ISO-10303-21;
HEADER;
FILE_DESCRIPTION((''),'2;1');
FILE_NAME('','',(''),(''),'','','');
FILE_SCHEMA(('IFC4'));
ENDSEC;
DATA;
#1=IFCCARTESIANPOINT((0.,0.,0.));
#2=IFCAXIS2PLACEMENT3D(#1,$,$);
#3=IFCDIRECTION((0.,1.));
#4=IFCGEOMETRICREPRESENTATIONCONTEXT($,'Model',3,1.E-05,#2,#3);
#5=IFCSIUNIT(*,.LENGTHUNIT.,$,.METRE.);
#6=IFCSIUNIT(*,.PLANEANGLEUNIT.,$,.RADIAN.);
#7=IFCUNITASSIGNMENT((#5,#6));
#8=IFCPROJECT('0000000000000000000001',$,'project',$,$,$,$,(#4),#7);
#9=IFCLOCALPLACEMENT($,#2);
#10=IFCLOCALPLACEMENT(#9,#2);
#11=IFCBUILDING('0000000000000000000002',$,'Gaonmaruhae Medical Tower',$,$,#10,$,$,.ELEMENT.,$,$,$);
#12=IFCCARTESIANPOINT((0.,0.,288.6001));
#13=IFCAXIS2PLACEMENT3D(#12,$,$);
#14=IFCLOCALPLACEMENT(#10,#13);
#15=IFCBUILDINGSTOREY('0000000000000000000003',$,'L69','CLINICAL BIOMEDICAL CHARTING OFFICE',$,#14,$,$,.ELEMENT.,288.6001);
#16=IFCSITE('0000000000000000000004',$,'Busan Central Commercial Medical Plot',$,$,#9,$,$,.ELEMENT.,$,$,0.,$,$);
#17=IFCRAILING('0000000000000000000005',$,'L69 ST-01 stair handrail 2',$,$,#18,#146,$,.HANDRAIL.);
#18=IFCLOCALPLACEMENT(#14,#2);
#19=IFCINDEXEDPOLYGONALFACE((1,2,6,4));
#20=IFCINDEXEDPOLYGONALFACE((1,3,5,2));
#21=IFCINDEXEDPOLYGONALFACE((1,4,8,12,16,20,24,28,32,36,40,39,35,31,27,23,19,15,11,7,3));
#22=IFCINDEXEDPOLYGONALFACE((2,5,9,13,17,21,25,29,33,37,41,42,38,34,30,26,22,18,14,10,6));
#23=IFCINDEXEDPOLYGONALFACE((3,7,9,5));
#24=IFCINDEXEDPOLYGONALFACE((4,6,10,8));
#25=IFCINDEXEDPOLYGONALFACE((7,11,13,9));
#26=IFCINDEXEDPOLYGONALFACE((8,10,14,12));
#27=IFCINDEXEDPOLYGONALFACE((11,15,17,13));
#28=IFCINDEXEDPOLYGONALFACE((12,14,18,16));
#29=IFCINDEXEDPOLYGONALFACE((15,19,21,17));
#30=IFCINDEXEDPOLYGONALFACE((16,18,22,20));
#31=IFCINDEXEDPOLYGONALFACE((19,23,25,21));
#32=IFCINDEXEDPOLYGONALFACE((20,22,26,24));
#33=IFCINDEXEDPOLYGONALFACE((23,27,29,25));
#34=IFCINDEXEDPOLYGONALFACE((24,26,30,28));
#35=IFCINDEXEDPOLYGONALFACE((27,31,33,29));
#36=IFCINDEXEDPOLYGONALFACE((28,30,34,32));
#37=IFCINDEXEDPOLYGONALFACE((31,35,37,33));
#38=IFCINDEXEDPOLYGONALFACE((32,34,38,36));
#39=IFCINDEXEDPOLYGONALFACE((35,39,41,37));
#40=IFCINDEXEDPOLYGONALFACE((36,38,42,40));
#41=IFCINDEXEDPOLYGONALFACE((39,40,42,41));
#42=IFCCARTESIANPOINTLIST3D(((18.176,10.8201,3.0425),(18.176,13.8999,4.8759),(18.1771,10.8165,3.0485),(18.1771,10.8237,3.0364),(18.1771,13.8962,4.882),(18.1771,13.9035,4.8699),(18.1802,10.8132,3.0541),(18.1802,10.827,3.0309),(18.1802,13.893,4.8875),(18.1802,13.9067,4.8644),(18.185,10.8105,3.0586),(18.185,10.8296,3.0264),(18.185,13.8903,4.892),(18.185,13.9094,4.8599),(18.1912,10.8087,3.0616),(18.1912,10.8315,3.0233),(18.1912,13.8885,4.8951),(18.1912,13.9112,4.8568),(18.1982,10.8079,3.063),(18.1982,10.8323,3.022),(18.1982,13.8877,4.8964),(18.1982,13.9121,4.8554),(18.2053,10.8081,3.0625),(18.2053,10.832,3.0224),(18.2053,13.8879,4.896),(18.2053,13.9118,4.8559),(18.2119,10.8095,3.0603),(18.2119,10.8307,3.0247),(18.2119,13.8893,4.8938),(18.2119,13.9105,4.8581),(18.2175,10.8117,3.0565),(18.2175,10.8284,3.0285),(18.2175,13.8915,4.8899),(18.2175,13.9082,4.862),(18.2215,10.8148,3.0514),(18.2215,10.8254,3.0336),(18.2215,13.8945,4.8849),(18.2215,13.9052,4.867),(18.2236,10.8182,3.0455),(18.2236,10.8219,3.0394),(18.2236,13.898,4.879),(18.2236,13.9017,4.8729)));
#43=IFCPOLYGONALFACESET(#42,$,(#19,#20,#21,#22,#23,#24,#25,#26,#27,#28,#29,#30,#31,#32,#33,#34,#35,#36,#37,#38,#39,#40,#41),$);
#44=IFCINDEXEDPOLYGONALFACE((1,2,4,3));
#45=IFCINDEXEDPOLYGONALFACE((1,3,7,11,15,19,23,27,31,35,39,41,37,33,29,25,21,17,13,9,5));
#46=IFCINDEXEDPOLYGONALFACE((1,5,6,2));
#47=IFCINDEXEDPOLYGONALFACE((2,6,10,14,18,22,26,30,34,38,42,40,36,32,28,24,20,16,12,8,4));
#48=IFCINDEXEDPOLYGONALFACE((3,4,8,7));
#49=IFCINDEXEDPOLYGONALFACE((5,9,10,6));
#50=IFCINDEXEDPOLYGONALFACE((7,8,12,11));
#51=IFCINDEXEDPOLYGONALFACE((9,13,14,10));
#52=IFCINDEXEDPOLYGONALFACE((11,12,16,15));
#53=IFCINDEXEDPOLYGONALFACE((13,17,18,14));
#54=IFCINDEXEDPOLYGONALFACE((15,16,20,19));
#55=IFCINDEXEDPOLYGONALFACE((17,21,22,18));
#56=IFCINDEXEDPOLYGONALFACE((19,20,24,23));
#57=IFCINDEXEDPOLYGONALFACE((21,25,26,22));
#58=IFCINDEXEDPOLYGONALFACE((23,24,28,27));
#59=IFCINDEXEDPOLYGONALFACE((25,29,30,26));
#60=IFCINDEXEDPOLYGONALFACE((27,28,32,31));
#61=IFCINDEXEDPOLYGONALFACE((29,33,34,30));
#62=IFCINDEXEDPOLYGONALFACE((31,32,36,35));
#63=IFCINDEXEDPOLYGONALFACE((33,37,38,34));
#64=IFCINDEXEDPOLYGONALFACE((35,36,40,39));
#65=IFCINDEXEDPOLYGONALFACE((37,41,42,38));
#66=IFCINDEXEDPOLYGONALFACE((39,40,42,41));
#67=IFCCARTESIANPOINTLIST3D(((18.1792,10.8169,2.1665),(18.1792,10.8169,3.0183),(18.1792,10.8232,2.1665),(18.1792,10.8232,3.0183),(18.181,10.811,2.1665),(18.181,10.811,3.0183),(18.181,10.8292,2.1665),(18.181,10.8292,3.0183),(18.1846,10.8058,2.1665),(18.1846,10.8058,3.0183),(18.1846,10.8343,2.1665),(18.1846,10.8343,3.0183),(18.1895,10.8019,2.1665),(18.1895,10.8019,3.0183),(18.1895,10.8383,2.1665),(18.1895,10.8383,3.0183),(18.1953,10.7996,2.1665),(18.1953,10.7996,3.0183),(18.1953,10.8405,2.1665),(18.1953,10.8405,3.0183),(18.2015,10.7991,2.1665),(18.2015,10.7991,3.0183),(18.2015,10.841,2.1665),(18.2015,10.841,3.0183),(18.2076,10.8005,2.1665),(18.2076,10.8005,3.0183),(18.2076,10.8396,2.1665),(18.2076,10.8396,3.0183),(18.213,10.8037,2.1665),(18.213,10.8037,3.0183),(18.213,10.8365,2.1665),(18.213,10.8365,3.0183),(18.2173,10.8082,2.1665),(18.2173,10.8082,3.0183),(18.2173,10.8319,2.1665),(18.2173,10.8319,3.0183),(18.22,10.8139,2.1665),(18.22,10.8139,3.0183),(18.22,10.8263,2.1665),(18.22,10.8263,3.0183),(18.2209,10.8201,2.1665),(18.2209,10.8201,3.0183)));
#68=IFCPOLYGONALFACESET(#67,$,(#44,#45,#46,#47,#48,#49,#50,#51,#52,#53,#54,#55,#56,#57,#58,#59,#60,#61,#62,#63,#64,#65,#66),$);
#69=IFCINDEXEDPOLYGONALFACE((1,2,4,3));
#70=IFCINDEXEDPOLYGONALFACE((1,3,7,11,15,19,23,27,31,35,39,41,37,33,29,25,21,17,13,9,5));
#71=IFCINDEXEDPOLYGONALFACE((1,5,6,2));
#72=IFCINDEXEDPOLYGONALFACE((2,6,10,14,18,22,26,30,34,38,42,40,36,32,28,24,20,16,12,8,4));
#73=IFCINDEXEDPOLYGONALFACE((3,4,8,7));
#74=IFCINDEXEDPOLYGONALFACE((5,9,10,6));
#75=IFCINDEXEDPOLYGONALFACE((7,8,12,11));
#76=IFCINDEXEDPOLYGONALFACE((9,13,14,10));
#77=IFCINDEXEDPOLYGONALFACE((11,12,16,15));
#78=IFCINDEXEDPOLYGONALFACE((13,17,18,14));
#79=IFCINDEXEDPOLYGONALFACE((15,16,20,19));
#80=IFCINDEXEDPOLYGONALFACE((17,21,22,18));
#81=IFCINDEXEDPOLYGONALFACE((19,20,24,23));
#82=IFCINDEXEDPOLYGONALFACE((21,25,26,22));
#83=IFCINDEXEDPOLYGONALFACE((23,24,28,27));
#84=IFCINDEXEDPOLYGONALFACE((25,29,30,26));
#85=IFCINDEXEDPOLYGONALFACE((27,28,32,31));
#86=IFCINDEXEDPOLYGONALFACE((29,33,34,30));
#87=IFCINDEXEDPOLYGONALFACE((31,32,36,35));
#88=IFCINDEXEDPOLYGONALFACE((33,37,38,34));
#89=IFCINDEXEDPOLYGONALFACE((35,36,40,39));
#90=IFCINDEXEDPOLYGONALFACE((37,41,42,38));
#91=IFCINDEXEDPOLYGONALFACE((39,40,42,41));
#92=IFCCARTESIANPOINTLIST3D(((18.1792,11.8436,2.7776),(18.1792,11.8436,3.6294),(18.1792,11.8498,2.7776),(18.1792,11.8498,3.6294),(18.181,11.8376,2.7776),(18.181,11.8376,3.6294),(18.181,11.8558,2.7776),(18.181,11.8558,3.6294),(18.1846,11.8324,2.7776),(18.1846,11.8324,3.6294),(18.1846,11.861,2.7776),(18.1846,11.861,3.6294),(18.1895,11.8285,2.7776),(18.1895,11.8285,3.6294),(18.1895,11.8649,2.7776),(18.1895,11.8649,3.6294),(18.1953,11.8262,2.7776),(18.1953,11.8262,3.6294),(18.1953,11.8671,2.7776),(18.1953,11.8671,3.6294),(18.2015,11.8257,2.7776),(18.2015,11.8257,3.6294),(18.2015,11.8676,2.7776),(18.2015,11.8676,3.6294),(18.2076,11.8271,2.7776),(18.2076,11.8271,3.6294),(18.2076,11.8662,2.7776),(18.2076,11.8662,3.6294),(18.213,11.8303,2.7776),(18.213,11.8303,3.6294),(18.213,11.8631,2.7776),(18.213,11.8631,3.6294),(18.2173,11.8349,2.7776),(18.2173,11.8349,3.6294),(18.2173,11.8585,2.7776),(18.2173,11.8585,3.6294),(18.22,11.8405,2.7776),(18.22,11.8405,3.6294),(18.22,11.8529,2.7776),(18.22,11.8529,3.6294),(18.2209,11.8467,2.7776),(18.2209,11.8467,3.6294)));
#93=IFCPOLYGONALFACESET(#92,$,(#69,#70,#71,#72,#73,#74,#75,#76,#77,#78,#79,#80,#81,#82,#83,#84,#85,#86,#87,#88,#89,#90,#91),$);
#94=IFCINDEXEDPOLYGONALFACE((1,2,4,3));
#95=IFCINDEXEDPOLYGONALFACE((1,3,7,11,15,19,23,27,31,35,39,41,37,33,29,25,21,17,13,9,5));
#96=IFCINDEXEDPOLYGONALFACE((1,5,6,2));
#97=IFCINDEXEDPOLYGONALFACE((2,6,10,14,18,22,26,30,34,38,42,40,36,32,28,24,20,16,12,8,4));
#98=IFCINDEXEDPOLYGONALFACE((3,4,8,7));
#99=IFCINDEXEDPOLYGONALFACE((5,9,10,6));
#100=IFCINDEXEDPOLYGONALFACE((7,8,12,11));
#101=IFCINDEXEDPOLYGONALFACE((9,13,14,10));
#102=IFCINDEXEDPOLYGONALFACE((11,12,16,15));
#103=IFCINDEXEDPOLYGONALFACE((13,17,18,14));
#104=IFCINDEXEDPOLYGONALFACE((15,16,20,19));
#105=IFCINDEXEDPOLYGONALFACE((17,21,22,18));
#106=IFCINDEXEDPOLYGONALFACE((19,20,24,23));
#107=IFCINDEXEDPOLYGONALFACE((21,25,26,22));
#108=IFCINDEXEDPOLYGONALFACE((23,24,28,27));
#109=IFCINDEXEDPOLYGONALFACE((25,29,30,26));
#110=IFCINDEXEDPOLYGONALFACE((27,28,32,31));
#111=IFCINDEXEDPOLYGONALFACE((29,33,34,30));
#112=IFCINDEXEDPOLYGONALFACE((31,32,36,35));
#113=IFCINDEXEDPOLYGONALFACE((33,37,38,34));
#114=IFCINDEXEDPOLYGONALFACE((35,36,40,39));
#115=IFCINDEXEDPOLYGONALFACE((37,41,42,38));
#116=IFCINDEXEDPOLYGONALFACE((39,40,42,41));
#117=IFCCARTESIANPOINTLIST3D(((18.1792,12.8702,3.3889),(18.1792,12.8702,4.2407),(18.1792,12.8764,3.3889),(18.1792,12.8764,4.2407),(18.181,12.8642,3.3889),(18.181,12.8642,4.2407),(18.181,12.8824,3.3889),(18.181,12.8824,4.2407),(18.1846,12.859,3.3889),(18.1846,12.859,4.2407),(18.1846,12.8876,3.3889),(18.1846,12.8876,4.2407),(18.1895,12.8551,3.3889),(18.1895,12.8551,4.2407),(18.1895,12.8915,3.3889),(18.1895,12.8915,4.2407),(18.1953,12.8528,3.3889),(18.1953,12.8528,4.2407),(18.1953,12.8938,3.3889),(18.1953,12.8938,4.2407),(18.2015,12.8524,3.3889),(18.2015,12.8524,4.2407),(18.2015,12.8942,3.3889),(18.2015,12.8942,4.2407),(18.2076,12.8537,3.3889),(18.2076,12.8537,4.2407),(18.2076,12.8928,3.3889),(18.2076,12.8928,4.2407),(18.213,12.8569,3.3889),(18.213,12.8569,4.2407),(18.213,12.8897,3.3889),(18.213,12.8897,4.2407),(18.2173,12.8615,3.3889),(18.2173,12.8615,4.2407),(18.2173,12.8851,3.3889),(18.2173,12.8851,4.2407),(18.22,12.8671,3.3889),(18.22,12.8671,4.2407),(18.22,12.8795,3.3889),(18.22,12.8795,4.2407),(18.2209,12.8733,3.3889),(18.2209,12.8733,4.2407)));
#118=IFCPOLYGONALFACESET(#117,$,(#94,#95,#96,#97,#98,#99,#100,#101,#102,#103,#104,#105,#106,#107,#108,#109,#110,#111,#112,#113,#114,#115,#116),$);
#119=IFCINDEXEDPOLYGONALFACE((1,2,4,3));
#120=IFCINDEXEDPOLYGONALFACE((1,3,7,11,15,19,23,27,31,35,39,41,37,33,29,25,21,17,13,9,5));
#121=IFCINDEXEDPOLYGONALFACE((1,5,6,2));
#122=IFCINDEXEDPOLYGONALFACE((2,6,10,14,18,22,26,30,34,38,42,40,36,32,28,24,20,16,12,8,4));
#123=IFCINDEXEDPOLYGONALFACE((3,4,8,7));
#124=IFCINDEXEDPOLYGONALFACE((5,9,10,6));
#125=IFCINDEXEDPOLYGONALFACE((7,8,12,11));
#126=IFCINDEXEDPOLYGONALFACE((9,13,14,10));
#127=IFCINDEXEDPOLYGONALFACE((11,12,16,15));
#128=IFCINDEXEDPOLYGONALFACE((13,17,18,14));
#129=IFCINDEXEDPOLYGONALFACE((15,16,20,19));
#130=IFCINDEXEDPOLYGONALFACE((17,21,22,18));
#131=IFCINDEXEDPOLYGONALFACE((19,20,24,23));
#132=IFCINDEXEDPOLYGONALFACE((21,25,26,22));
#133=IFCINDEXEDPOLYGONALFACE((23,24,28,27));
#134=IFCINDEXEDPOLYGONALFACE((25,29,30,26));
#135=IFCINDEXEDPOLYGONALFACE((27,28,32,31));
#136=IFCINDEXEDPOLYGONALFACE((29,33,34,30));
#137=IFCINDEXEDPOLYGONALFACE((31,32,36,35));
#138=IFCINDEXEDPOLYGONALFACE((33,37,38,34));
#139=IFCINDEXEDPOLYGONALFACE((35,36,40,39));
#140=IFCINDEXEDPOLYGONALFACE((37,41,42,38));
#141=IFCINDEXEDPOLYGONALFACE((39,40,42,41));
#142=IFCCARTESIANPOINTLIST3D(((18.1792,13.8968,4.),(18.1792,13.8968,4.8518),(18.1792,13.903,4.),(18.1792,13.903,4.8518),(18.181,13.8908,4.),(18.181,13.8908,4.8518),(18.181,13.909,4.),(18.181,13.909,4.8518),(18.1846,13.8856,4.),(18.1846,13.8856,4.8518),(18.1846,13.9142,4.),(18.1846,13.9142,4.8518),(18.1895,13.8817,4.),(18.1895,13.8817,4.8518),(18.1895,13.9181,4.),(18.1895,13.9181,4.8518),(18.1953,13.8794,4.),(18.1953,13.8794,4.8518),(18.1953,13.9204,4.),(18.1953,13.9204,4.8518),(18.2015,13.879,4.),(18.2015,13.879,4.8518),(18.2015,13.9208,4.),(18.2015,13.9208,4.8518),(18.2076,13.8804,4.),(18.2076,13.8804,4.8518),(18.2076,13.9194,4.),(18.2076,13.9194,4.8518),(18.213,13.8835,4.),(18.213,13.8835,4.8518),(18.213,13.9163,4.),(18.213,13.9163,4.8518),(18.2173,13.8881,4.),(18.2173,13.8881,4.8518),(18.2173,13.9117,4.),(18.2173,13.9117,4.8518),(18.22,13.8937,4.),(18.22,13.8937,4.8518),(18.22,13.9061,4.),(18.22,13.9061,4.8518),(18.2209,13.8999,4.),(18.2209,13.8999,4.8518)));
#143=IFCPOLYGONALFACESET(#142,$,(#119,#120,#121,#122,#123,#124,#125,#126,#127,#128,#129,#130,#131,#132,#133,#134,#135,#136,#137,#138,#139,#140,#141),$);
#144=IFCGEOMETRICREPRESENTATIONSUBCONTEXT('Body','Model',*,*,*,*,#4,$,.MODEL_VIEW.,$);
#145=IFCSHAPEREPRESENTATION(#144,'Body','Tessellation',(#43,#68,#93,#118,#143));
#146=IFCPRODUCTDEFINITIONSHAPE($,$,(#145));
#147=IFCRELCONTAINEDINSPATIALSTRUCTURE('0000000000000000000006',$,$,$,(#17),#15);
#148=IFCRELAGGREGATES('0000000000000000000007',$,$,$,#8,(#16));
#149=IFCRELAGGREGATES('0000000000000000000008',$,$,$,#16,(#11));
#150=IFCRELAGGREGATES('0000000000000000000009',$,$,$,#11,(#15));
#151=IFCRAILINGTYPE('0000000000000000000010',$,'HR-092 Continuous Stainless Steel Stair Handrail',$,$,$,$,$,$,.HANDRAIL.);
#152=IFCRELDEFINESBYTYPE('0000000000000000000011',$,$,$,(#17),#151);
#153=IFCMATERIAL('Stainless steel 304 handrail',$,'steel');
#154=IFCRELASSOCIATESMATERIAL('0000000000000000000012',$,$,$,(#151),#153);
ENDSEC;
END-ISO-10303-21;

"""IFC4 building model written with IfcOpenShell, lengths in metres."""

from ifc_helpers import new_model, si_unit, direction, frame, origin, origin_2d, place, context, subcontext, project, spatial, circle, extrude, material, type_object, element, save


model = new_model("IFC4")

# Units and contexts
model_context = context("Model", 3, precision=1e-05, world=origin(), true_north=direction((0.0, 1.0)))
body_context = subcontext(model_context, "Body", "Model", "MODEL_VIEW")
ifc_project = project(units=[si_unit("LENGTHUNIT", "METRE"), si_unit("PLANEANGLEUNIT", "RADIAN")], contexts=[model_context])

# Site, building, storey
site_placement = place(None, origin())
site = spatial("IfcSite", under=ifc_project, at=site_placement, Name="Busan Central Commercial Medical Plot", CompositionType="ELEMENT", RefElevation=0.0)
building_placement = place(site_placement, origin())
building = spatial("IfcBuilding", under=site, at=building_placement, Name="Gaonmaruhae Medical Tower", CompositionType="ELEMENT")
storey_placement = place(building_placement, frame((0.0, 0.0, 288.6001)))
storey = spatial("IfcBuildingStorey", under=building, at=storey_placement, Name="L69", Description="CLINICAL BIOMEDICAL CHARTING OFFICE", CompositionType="ELEMENT", Elevation=288.6001)

# Railing
ifc_material_1 = material(Name="Stainless steel 304 handrail", Category="steel")
railing_type_1 = type_object("IfcRailingType", Name="HR-092 Continuous Stainless Steel Stair Handrail", PredefinedType="HANDRAIL", material=ifc_material_1)
railing_1_placement = place(storey_placement, frame((18.2, 10.8201, 2.1665)))
element("IfcRailing", 1, at=railing_1_placement, inside=storey, type_object=railing_type_1, Name="L69 ST-01 stair handrail 2", PredefinedType="HANDRAIL", context=body_context, shape_type="SweptSolid", body=[
    extrude(circle(Radius=0.0239, at=origin_2d()), frame((0.0, 0.0, 0.876), z_axis=(0.0, 0.859261, 0.511538), x_axis=(-1.0, 0.0, 0.0)), (0.0, 0.0, 1.0), 3.5842),
    extrude(circle(Radius=0.021, at=origin_2d()), origin(), (0.0, 0.0, 1.0), 0.8518),
    extrude(circle(Radius=0.021, at=origin_2d()), frame((0.0, 1.0266, 0.6111)), (0.0, 0.0, 1.0), 0.8518),
    extrude(circle(Radius=0.021, at=origin_2d()), frame((0.0, 2.0532, 1.2224)), (0.0, 0.0, 1.0), 0.8518),
    extrude(circle(Radius=0.021, at=origin_2d()), frame((0.0, 3.0798, 1.8335)), (0.0, 0.0, 1.0), 0.8518),
])

save(model, "model.ifc")
